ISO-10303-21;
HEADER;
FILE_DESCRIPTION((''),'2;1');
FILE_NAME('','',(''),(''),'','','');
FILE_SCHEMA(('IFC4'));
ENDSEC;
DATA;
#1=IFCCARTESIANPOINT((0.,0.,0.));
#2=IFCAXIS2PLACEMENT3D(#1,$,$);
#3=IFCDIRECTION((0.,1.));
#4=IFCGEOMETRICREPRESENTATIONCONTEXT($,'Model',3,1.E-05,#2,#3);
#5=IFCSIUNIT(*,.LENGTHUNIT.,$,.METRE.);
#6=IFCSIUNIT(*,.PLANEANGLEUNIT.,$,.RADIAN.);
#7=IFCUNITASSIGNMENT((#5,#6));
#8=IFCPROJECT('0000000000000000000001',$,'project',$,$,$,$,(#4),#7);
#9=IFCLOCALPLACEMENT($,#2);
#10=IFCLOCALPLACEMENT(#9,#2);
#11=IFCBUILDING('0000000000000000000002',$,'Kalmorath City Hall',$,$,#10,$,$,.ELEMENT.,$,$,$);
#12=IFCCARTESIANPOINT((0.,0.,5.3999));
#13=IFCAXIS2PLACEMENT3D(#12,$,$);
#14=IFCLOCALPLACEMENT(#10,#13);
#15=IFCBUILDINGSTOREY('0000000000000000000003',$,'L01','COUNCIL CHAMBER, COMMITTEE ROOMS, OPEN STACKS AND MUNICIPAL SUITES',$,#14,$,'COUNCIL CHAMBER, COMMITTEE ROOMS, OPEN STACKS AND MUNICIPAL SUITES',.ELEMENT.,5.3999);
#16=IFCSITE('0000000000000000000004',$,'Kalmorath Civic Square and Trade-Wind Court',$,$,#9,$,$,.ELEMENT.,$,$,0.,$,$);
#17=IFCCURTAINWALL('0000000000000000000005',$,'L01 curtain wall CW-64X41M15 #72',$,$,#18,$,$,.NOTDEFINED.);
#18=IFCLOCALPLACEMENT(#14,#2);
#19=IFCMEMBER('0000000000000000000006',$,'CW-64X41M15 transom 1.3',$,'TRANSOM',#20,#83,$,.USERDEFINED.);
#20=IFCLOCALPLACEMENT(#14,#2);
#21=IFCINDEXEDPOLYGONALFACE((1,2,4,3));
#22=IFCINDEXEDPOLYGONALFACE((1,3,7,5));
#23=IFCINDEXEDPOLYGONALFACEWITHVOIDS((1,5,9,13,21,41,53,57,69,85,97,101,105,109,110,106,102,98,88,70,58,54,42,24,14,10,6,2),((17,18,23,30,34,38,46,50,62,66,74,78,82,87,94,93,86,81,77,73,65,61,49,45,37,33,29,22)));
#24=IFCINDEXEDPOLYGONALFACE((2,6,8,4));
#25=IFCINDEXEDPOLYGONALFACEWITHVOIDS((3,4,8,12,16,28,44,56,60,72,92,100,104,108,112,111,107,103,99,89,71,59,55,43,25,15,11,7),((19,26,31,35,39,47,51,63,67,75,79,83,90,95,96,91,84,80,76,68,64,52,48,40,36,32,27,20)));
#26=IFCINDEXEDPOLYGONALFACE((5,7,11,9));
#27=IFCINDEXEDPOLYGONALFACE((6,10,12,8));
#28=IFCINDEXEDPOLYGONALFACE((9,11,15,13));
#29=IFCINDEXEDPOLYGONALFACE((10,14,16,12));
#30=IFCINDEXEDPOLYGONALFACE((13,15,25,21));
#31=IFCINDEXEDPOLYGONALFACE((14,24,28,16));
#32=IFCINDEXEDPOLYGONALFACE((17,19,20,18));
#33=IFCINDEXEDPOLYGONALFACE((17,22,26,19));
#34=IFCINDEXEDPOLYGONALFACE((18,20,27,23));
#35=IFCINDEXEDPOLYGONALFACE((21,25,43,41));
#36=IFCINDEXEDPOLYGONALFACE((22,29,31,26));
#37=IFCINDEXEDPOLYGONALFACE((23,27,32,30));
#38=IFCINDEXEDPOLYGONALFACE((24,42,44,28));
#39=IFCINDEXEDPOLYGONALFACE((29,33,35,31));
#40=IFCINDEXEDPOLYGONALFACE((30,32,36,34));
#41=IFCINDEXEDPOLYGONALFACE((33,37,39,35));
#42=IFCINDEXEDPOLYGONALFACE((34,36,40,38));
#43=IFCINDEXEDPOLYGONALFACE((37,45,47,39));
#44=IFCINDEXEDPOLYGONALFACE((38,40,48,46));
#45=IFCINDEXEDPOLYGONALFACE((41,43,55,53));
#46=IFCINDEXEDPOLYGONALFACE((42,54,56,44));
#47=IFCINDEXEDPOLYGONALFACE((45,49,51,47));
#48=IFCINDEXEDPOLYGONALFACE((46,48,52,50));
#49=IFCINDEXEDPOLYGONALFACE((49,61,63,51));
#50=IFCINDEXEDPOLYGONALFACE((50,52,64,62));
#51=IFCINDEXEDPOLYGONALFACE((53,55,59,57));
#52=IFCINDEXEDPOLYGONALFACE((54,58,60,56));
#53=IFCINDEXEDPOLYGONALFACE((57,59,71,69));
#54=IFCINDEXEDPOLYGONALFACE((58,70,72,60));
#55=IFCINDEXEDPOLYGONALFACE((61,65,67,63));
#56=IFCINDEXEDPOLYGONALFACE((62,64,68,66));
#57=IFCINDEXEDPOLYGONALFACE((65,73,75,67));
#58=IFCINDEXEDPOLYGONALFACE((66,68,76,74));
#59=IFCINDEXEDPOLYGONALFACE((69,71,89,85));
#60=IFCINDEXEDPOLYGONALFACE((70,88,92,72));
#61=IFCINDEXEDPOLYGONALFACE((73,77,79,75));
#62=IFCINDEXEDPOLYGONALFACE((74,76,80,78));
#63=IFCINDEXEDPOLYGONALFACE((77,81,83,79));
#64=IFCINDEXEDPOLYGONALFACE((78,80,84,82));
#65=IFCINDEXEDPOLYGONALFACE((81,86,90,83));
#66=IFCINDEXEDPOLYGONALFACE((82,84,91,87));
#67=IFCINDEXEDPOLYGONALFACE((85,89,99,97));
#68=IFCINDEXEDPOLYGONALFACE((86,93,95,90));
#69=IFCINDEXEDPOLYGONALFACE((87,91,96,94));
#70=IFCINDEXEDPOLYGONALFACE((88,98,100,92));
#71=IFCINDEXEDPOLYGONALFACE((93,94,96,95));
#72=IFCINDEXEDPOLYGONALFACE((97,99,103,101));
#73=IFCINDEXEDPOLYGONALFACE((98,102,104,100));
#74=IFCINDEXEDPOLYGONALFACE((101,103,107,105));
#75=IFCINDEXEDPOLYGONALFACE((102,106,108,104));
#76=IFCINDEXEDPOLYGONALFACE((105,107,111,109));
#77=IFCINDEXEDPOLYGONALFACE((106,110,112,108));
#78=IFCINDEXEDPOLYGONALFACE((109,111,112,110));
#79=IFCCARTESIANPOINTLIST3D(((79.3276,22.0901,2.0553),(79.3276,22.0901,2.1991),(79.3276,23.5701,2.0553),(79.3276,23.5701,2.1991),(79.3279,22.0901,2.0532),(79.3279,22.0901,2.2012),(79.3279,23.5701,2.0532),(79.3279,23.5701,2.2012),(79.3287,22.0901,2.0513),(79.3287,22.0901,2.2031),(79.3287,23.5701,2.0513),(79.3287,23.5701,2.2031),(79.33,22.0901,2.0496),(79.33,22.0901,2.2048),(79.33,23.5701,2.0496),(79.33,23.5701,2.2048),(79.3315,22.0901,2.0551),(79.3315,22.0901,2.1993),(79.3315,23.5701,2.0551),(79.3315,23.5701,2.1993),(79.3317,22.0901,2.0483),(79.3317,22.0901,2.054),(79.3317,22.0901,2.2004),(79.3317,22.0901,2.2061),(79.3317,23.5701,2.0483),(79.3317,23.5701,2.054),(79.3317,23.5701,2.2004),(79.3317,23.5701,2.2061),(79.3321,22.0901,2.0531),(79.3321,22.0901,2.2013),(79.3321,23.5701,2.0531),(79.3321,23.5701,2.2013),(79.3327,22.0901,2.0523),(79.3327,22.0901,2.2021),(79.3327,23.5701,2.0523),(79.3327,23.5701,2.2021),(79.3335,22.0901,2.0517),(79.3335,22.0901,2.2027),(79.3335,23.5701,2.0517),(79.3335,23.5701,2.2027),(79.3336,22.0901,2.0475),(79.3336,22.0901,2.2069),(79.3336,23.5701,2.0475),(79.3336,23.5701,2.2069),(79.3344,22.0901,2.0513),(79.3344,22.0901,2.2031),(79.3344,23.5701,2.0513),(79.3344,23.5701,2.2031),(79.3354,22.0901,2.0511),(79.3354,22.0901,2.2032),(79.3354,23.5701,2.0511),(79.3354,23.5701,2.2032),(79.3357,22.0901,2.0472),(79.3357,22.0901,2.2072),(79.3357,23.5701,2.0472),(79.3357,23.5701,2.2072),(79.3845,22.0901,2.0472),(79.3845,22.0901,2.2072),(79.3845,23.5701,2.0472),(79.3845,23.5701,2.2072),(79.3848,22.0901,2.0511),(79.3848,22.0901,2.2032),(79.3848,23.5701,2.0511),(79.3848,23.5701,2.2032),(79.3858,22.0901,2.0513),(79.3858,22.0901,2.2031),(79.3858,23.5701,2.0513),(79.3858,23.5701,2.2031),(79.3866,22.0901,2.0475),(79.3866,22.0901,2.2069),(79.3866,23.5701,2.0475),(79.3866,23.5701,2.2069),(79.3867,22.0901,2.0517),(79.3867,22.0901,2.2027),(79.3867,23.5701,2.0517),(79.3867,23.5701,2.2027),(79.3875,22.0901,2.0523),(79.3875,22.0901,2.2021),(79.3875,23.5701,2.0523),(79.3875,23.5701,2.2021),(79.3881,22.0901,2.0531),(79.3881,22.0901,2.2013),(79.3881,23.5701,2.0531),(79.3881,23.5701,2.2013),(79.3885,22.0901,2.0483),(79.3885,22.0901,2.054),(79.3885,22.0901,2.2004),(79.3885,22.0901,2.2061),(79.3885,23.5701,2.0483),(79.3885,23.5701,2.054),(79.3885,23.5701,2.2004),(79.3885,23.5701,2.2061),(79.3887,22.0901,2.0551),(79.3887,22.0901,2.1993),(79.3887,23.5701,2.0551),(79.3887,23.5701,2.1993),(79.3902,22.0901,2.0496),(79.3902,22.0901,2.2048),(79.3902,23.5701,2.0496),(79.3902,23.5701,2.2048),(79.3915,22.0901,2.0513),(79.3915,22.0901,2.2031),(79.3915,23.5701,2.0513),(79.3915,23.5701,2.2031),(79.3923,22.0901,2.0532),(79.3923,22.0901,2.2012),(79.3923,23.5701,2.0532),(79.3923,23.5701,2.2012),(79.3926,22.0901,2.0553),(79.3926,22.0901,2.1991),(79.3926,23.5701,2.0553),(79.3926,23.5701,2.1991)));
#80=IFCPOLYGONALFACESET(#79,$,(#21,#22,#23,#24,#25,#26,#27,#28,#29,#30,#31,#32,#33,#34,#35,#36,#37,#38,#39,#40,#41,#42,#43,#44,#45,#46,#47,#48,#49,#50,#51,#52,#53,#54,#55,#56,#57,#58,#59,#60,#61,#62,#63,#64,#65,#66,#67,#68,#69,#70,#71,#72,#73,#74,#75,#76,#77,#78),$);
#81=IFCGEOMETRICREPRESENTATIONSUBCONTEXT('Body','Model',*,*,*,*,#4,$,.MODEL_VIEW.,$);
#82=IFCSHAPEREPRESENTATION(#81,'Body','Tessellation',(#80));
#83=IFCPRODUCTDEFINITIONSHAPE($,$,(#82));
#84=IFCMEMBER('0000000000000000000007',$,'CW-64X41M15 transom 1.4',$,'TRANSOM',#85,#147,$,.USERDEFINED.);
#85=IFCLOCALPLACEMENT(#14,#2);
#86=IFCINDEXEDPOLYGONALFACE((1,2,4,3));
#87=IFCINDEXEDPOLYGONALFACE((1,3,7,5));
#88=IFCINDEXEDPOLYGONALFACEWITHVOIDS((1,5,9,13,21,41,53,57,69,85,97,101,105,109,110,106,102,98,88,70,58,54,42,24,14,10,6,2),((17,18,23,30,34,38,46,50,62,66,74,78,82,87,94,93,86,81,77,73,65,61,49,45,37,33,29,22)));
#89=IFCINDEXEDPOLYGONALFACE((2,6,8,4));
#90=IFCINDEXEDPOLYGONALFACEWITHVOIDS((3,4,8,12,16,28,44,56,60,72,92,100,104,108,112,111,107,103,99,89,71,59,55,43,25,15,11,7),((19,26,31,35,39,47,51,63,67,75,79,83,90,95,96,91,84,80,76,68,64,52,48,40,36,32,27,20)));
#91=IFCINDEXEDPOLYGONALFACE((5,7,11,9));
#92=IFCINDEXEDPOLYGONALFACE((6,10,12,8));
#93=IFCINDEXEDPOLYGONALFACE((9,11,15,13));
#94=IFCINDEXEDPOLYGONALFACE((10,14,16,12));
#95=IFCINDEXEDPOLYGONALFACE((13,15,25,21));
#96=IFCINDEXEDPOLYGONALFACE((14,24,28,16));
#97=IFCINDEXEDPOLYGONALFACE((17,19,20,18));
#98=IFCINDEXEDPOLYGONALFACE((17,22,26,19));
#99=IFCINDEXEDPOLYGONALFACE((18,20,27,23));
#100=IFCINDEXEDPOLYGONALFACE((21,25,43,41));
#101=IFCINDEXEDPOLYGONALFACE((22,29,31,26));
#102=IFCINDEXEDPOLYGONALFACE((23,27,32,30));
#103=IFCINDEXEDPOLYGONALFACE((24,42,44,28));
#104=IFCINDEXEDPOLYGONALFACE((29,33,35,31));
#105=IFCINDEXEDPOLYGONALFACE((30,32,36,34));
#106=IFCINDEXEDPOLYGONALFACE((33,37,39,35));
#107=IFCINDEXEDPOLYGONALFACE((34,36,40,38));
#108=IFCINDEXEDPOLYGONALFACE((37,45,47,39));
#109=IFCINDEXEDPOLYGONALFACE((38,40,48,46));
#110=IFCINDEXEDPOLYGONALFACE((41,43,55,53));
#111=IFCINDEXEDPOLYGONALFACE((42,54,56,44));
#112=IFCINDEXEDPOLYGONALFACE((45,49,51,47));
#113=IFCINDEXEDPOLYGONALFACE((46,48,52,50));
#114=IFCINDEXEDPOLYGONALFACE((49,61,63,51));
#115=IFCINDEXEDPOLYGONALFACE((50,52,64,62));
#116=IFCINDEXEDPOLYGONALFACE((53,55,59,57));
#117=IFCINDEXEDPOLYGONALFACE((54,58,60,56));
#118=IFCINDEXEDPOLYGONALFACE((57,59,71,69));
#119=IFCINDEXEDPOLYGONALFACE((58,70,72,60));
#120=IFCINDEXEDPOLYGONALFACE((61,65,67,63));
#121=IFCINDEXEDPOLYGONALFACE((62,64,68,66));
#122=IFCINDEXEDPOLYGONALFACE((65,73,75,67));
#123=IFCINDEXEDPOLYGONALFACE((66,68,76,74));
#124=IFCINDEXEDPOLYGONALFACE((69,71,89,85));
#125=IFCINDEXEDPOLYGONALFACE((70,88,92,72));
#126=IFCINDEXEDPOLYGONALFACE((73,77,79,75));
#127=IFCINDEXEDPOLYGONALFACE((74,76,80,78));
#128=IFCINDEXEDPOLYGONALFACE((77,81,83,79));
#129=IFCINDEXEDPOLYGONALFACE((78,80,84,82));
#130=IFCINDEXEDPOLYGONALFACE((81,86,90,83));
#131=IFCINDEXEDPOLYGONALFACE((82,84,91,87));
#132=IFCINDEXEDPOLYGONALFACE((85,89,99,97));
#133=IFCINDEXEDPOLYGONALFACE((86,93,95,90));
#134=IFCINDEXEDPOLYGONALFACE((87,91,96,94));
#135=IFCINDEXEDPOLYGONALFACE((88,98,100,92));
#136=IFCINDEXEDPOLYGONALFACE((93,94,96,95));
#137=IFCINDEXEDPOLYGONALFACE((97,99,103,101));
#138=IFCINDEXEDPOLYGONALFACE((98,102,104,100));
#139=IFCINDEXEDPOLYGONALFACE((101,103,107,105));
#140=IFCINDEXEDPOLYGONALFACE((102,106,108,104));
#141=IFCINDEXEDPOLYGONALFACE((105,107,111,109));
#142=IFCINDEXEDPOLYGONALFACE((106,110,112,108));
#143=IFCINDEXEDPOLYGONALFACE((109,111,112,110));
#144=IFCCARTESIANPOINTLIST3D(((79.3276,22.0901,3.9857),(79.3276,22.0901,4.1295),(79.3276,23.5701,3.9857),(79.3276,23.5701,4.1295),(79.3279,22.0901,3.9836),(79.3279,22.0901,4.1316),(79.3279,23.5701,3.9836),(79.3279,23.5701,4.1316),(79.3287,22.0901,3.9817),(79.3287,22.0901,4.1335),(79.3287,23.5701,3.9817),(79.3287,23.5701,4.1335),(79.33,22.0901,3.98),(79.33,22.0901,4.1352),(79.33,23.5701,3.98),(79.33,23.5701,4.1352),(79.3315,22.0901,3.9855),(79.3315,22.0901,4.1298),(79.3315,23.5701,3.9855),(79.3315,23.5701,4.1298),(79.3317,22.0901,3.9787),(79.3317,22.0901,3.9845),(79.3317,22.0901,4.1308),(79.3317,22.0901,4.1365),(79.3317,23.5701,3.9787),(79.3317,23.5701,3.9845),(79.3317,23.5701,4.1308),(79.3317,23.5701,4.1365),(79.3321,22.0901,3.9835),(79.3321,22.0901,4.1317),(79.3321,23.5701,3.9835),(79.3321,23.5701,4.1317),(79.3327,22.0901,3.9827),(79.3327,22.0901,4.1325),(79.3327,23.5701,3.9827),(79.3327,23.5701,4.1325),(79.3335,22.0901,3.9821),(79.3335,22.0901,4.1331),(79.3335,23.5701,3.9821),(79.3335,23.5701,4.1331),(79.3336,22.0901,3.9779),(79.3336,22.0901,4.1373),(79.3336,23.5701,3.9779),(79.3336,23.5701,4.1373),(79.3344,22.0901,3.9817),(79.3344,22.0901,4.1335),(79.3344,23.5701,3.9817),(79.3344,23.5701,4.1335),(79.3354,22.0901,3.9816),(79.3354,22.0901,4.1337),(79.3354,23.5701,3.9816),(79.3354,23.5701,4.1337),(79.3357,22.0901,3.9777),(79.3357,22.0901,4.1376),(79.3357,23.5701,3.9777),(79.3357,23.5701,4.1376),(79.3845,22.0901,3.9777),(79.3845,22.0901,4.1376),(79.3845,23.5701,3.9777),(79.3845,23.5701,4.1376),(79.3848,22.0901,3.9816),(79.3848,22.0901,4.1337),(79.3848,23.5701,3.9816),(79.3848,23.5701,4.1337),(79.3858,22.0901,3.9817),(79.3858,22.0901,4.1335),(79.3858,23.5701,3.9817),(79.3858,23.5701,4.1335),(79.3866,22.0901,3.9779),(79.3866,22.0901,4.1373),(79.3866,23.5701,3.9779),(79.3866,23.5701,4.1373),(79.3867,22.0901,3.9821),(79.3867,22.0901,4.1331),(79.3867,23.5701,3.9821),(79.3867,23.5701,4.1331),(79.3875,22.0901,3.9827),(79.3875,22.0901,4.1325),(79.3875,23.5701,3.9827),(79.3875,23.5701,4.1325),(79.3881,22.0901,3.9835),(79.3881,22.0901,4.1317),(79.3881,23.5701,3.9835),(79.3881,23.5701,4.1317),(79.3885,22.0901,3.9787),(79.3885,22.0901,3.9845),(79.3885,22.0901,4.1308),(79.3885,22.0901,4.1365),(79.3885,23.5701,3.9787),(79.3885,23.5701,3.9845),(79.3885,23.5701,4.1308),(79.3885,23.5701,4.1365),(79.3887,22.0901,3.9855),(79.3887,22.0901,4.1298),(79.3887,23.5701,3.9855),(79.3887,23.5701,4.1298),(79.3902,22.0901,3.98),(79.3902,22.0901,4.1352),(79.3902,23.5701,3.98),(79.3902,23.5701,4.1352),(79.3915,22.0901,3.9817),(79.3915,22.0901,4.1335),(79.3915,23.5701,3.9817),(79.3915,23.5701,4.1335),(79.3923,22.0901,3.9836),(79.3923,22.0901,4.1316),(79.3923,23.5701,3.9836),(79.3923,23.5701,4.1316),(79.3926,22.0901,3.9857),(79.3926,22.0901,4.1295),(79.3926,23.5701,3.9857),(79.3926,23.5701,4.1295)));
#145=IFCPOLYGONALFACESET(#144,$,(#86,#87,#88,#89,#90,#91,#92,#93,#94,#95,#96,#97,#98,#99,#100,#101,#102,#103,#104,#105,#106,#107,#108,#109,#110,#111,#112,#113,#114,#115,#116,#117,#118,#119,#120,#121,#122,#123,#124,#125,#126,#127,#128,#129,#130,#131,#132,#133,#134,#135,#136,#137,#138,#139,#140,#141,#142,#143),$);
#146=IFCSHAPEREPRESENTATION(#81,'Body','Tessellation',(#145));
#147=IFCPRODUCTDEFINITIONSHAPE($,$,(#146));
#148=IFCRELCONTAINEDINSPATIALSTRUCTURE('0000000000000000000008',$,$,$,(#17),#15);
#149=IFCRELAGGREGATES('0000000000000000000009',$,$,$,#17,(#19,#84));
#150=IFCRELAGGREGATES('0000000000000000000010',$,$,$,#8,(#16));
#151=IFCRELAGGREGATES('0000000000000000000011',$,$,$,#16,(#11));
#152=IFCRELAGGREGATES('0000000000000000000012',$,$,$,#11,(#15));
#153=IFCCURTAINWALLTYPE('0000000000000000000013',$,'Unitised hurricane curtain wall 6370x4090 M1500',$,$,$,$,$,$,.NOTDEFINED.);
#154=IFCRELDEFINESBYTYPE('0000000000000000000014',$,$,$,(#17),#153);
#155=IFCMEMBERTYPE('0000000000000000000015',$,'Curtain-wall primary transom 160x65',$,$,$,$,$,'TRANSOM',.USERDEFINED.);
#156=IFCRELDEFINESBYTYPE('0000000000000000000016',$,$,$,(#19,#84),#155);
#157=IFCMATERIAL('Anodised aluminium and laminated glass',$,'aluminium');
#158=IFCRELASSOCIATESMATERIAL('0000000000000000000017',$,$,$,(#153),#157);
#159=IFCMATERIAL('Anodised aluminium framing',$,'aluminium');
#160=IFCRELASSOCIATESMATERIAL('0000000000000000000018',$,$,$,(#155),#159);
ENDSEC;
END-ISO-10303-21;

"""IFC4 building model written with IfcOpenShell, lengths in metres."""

from ifc_helpers import new_model, si_unit, direction, frame, origin, origin_2d, place, context, subcontext, project, spatial, hollow_rectangle, extrude, material, material_profile, profile_set, type_object, element, aggregate, save


model = new_model("IFC4")

# Units and contexts
model_context = context("Model", 3, precision=1e-05, world=origin(), true_north=direction((0.0, 1.0)))
body_context = subcontext(model_context, "Body", "Model", "MODEL_VIEW")
ifc_project = project(units=[si_unit("LENGTHUNIT", "METRE"), si_unit("PLANEANGLEUNIT", "RADIAN")], contexts=[model_context])

# Site, building, storey
site_placement = place(None, origin())
site = spatial("IfcSite", under=ifc_project, at=site_placement, Name="Kalmorath Civic Square and Trade-Wind Court", CompositionType="ELEMENT", RefElevation=0.0)
building_placement = place(site_placement, origin())
building = spatial("IfcBuilding", under=site, at=building_placement, Name="Kalmorath City Hall", CompositionType="ELEMENT")
storey_placement = place(building_placement, frame((0.0, 0.0, 5.3999)))
storey = spatial("IfcBuildingStorey", under=building, at=storey_placement, Name="L01", Description="COUNCIL CHAMBER, COMMITTEE ROOMS, OPEN STACKS AND MUNICIPAL SUITES", LongName="COUNCIL CHAMBER, COMMITTEE ROOMS, OPEN STACKS AND MUNICIPAL SUITES", CompositionType="ELEMENT", Elevation=5.3999)

# Curtain wall, members
ifc_material_1 = material(Name="Anodised aluminium and laminated glass", Category="aluminium")
curtain_wall_type = type_object("IfcCurtainWallType", Name="Unitised hurricane curtain wall 6370x4090 M1500", PredefinedType="NOTDEFINED", material=ifc_material_1)
curtain_wall_placement = place(storey_placement, origin())
curtain_wall = element("IfcCurtainWall", 1, at=curtain_wall_placement, inside=storey, type_object=curtain_wall_type, Name="L01 curtain wall CW-64X41M15 #72", PredefinedType="NOTDEFINED")
ifc_material_2 = material(Name="Anodised aluminium framing", Category="aluminium")
ifc_material_profile_1 = material_profile(ifc_material_2, hollow_rectangle(XDim=0.0649, YDim=0.1599, WallThickness=0.0039, InnerFilletRadius=0.0039, OuterFilletRadius=0.0081, at=origin_2d()), Name="ALU-TRN-160X65X4")
ifc_profile_set_1 = profile_set([ifc_material_profile_1], Name="Anodised aluminium framing")
member_type_1 = type_object("IfcMemberType", Name="Curtain-wall primary transom 160x65", ElementType="TRANSOM", PredefinedType="USERDEFINED", material=ifc_profile_set_1)
member_1_placement = place(storey_placement, frame((79.3601, 22.0901, 2.1272), z_axis=(0.0, 1.0, 0.0), x_axis=(-1.0, 0.0, 0.0)))
member_1 = element("IfcMember", 2, at=member_1_placement, type_object=member_type_1, Name="CW-64X41M15 transom 1.3", ObjectType="TRANSOM", PredefinedType="USERDEFINED", context=body_context, shape_type="SweptSolid", body=[
    extrude(hollow_rectangle(XDim=0.0649, YDim=0.1599, WallThickness=0.0039, InnerFilletRadius=0.0039, OuterFilletRadius=0.0081, at=origin_2d()), origin(), (0.0, 0.0, 1.0), 1.48),
])
member_2_placement = place(storey_placement, frame((79.3601, 22.0901, 4.0576), z_axis=(0.0, 1.0, 0.0), x_axis=(-1.0, 0.0, 0.0)))
member_2 = element("IfcMember", 3, at=member_2_placement, type_object=member_type_1, Name="CW-64X41M15 transom 1.4", ObjectType="TRANSOM", PredefinedType="USERDEFINED", context=body_context, shape_type="SweptSolid", body=[
    extrude(hollow_rectangle(XDim=0.0649, YDim=0.1599, WallThickness=0.0039, InnerFilletRadius=0.0039, OuterFilletRadius=0.0081, at=origin_2d()), origin(), (0.0, 0.0, 1.0), 1.48),
])

aggregate(curtain_wall, [member_1, member_2])

save(model, "model.ifc")
